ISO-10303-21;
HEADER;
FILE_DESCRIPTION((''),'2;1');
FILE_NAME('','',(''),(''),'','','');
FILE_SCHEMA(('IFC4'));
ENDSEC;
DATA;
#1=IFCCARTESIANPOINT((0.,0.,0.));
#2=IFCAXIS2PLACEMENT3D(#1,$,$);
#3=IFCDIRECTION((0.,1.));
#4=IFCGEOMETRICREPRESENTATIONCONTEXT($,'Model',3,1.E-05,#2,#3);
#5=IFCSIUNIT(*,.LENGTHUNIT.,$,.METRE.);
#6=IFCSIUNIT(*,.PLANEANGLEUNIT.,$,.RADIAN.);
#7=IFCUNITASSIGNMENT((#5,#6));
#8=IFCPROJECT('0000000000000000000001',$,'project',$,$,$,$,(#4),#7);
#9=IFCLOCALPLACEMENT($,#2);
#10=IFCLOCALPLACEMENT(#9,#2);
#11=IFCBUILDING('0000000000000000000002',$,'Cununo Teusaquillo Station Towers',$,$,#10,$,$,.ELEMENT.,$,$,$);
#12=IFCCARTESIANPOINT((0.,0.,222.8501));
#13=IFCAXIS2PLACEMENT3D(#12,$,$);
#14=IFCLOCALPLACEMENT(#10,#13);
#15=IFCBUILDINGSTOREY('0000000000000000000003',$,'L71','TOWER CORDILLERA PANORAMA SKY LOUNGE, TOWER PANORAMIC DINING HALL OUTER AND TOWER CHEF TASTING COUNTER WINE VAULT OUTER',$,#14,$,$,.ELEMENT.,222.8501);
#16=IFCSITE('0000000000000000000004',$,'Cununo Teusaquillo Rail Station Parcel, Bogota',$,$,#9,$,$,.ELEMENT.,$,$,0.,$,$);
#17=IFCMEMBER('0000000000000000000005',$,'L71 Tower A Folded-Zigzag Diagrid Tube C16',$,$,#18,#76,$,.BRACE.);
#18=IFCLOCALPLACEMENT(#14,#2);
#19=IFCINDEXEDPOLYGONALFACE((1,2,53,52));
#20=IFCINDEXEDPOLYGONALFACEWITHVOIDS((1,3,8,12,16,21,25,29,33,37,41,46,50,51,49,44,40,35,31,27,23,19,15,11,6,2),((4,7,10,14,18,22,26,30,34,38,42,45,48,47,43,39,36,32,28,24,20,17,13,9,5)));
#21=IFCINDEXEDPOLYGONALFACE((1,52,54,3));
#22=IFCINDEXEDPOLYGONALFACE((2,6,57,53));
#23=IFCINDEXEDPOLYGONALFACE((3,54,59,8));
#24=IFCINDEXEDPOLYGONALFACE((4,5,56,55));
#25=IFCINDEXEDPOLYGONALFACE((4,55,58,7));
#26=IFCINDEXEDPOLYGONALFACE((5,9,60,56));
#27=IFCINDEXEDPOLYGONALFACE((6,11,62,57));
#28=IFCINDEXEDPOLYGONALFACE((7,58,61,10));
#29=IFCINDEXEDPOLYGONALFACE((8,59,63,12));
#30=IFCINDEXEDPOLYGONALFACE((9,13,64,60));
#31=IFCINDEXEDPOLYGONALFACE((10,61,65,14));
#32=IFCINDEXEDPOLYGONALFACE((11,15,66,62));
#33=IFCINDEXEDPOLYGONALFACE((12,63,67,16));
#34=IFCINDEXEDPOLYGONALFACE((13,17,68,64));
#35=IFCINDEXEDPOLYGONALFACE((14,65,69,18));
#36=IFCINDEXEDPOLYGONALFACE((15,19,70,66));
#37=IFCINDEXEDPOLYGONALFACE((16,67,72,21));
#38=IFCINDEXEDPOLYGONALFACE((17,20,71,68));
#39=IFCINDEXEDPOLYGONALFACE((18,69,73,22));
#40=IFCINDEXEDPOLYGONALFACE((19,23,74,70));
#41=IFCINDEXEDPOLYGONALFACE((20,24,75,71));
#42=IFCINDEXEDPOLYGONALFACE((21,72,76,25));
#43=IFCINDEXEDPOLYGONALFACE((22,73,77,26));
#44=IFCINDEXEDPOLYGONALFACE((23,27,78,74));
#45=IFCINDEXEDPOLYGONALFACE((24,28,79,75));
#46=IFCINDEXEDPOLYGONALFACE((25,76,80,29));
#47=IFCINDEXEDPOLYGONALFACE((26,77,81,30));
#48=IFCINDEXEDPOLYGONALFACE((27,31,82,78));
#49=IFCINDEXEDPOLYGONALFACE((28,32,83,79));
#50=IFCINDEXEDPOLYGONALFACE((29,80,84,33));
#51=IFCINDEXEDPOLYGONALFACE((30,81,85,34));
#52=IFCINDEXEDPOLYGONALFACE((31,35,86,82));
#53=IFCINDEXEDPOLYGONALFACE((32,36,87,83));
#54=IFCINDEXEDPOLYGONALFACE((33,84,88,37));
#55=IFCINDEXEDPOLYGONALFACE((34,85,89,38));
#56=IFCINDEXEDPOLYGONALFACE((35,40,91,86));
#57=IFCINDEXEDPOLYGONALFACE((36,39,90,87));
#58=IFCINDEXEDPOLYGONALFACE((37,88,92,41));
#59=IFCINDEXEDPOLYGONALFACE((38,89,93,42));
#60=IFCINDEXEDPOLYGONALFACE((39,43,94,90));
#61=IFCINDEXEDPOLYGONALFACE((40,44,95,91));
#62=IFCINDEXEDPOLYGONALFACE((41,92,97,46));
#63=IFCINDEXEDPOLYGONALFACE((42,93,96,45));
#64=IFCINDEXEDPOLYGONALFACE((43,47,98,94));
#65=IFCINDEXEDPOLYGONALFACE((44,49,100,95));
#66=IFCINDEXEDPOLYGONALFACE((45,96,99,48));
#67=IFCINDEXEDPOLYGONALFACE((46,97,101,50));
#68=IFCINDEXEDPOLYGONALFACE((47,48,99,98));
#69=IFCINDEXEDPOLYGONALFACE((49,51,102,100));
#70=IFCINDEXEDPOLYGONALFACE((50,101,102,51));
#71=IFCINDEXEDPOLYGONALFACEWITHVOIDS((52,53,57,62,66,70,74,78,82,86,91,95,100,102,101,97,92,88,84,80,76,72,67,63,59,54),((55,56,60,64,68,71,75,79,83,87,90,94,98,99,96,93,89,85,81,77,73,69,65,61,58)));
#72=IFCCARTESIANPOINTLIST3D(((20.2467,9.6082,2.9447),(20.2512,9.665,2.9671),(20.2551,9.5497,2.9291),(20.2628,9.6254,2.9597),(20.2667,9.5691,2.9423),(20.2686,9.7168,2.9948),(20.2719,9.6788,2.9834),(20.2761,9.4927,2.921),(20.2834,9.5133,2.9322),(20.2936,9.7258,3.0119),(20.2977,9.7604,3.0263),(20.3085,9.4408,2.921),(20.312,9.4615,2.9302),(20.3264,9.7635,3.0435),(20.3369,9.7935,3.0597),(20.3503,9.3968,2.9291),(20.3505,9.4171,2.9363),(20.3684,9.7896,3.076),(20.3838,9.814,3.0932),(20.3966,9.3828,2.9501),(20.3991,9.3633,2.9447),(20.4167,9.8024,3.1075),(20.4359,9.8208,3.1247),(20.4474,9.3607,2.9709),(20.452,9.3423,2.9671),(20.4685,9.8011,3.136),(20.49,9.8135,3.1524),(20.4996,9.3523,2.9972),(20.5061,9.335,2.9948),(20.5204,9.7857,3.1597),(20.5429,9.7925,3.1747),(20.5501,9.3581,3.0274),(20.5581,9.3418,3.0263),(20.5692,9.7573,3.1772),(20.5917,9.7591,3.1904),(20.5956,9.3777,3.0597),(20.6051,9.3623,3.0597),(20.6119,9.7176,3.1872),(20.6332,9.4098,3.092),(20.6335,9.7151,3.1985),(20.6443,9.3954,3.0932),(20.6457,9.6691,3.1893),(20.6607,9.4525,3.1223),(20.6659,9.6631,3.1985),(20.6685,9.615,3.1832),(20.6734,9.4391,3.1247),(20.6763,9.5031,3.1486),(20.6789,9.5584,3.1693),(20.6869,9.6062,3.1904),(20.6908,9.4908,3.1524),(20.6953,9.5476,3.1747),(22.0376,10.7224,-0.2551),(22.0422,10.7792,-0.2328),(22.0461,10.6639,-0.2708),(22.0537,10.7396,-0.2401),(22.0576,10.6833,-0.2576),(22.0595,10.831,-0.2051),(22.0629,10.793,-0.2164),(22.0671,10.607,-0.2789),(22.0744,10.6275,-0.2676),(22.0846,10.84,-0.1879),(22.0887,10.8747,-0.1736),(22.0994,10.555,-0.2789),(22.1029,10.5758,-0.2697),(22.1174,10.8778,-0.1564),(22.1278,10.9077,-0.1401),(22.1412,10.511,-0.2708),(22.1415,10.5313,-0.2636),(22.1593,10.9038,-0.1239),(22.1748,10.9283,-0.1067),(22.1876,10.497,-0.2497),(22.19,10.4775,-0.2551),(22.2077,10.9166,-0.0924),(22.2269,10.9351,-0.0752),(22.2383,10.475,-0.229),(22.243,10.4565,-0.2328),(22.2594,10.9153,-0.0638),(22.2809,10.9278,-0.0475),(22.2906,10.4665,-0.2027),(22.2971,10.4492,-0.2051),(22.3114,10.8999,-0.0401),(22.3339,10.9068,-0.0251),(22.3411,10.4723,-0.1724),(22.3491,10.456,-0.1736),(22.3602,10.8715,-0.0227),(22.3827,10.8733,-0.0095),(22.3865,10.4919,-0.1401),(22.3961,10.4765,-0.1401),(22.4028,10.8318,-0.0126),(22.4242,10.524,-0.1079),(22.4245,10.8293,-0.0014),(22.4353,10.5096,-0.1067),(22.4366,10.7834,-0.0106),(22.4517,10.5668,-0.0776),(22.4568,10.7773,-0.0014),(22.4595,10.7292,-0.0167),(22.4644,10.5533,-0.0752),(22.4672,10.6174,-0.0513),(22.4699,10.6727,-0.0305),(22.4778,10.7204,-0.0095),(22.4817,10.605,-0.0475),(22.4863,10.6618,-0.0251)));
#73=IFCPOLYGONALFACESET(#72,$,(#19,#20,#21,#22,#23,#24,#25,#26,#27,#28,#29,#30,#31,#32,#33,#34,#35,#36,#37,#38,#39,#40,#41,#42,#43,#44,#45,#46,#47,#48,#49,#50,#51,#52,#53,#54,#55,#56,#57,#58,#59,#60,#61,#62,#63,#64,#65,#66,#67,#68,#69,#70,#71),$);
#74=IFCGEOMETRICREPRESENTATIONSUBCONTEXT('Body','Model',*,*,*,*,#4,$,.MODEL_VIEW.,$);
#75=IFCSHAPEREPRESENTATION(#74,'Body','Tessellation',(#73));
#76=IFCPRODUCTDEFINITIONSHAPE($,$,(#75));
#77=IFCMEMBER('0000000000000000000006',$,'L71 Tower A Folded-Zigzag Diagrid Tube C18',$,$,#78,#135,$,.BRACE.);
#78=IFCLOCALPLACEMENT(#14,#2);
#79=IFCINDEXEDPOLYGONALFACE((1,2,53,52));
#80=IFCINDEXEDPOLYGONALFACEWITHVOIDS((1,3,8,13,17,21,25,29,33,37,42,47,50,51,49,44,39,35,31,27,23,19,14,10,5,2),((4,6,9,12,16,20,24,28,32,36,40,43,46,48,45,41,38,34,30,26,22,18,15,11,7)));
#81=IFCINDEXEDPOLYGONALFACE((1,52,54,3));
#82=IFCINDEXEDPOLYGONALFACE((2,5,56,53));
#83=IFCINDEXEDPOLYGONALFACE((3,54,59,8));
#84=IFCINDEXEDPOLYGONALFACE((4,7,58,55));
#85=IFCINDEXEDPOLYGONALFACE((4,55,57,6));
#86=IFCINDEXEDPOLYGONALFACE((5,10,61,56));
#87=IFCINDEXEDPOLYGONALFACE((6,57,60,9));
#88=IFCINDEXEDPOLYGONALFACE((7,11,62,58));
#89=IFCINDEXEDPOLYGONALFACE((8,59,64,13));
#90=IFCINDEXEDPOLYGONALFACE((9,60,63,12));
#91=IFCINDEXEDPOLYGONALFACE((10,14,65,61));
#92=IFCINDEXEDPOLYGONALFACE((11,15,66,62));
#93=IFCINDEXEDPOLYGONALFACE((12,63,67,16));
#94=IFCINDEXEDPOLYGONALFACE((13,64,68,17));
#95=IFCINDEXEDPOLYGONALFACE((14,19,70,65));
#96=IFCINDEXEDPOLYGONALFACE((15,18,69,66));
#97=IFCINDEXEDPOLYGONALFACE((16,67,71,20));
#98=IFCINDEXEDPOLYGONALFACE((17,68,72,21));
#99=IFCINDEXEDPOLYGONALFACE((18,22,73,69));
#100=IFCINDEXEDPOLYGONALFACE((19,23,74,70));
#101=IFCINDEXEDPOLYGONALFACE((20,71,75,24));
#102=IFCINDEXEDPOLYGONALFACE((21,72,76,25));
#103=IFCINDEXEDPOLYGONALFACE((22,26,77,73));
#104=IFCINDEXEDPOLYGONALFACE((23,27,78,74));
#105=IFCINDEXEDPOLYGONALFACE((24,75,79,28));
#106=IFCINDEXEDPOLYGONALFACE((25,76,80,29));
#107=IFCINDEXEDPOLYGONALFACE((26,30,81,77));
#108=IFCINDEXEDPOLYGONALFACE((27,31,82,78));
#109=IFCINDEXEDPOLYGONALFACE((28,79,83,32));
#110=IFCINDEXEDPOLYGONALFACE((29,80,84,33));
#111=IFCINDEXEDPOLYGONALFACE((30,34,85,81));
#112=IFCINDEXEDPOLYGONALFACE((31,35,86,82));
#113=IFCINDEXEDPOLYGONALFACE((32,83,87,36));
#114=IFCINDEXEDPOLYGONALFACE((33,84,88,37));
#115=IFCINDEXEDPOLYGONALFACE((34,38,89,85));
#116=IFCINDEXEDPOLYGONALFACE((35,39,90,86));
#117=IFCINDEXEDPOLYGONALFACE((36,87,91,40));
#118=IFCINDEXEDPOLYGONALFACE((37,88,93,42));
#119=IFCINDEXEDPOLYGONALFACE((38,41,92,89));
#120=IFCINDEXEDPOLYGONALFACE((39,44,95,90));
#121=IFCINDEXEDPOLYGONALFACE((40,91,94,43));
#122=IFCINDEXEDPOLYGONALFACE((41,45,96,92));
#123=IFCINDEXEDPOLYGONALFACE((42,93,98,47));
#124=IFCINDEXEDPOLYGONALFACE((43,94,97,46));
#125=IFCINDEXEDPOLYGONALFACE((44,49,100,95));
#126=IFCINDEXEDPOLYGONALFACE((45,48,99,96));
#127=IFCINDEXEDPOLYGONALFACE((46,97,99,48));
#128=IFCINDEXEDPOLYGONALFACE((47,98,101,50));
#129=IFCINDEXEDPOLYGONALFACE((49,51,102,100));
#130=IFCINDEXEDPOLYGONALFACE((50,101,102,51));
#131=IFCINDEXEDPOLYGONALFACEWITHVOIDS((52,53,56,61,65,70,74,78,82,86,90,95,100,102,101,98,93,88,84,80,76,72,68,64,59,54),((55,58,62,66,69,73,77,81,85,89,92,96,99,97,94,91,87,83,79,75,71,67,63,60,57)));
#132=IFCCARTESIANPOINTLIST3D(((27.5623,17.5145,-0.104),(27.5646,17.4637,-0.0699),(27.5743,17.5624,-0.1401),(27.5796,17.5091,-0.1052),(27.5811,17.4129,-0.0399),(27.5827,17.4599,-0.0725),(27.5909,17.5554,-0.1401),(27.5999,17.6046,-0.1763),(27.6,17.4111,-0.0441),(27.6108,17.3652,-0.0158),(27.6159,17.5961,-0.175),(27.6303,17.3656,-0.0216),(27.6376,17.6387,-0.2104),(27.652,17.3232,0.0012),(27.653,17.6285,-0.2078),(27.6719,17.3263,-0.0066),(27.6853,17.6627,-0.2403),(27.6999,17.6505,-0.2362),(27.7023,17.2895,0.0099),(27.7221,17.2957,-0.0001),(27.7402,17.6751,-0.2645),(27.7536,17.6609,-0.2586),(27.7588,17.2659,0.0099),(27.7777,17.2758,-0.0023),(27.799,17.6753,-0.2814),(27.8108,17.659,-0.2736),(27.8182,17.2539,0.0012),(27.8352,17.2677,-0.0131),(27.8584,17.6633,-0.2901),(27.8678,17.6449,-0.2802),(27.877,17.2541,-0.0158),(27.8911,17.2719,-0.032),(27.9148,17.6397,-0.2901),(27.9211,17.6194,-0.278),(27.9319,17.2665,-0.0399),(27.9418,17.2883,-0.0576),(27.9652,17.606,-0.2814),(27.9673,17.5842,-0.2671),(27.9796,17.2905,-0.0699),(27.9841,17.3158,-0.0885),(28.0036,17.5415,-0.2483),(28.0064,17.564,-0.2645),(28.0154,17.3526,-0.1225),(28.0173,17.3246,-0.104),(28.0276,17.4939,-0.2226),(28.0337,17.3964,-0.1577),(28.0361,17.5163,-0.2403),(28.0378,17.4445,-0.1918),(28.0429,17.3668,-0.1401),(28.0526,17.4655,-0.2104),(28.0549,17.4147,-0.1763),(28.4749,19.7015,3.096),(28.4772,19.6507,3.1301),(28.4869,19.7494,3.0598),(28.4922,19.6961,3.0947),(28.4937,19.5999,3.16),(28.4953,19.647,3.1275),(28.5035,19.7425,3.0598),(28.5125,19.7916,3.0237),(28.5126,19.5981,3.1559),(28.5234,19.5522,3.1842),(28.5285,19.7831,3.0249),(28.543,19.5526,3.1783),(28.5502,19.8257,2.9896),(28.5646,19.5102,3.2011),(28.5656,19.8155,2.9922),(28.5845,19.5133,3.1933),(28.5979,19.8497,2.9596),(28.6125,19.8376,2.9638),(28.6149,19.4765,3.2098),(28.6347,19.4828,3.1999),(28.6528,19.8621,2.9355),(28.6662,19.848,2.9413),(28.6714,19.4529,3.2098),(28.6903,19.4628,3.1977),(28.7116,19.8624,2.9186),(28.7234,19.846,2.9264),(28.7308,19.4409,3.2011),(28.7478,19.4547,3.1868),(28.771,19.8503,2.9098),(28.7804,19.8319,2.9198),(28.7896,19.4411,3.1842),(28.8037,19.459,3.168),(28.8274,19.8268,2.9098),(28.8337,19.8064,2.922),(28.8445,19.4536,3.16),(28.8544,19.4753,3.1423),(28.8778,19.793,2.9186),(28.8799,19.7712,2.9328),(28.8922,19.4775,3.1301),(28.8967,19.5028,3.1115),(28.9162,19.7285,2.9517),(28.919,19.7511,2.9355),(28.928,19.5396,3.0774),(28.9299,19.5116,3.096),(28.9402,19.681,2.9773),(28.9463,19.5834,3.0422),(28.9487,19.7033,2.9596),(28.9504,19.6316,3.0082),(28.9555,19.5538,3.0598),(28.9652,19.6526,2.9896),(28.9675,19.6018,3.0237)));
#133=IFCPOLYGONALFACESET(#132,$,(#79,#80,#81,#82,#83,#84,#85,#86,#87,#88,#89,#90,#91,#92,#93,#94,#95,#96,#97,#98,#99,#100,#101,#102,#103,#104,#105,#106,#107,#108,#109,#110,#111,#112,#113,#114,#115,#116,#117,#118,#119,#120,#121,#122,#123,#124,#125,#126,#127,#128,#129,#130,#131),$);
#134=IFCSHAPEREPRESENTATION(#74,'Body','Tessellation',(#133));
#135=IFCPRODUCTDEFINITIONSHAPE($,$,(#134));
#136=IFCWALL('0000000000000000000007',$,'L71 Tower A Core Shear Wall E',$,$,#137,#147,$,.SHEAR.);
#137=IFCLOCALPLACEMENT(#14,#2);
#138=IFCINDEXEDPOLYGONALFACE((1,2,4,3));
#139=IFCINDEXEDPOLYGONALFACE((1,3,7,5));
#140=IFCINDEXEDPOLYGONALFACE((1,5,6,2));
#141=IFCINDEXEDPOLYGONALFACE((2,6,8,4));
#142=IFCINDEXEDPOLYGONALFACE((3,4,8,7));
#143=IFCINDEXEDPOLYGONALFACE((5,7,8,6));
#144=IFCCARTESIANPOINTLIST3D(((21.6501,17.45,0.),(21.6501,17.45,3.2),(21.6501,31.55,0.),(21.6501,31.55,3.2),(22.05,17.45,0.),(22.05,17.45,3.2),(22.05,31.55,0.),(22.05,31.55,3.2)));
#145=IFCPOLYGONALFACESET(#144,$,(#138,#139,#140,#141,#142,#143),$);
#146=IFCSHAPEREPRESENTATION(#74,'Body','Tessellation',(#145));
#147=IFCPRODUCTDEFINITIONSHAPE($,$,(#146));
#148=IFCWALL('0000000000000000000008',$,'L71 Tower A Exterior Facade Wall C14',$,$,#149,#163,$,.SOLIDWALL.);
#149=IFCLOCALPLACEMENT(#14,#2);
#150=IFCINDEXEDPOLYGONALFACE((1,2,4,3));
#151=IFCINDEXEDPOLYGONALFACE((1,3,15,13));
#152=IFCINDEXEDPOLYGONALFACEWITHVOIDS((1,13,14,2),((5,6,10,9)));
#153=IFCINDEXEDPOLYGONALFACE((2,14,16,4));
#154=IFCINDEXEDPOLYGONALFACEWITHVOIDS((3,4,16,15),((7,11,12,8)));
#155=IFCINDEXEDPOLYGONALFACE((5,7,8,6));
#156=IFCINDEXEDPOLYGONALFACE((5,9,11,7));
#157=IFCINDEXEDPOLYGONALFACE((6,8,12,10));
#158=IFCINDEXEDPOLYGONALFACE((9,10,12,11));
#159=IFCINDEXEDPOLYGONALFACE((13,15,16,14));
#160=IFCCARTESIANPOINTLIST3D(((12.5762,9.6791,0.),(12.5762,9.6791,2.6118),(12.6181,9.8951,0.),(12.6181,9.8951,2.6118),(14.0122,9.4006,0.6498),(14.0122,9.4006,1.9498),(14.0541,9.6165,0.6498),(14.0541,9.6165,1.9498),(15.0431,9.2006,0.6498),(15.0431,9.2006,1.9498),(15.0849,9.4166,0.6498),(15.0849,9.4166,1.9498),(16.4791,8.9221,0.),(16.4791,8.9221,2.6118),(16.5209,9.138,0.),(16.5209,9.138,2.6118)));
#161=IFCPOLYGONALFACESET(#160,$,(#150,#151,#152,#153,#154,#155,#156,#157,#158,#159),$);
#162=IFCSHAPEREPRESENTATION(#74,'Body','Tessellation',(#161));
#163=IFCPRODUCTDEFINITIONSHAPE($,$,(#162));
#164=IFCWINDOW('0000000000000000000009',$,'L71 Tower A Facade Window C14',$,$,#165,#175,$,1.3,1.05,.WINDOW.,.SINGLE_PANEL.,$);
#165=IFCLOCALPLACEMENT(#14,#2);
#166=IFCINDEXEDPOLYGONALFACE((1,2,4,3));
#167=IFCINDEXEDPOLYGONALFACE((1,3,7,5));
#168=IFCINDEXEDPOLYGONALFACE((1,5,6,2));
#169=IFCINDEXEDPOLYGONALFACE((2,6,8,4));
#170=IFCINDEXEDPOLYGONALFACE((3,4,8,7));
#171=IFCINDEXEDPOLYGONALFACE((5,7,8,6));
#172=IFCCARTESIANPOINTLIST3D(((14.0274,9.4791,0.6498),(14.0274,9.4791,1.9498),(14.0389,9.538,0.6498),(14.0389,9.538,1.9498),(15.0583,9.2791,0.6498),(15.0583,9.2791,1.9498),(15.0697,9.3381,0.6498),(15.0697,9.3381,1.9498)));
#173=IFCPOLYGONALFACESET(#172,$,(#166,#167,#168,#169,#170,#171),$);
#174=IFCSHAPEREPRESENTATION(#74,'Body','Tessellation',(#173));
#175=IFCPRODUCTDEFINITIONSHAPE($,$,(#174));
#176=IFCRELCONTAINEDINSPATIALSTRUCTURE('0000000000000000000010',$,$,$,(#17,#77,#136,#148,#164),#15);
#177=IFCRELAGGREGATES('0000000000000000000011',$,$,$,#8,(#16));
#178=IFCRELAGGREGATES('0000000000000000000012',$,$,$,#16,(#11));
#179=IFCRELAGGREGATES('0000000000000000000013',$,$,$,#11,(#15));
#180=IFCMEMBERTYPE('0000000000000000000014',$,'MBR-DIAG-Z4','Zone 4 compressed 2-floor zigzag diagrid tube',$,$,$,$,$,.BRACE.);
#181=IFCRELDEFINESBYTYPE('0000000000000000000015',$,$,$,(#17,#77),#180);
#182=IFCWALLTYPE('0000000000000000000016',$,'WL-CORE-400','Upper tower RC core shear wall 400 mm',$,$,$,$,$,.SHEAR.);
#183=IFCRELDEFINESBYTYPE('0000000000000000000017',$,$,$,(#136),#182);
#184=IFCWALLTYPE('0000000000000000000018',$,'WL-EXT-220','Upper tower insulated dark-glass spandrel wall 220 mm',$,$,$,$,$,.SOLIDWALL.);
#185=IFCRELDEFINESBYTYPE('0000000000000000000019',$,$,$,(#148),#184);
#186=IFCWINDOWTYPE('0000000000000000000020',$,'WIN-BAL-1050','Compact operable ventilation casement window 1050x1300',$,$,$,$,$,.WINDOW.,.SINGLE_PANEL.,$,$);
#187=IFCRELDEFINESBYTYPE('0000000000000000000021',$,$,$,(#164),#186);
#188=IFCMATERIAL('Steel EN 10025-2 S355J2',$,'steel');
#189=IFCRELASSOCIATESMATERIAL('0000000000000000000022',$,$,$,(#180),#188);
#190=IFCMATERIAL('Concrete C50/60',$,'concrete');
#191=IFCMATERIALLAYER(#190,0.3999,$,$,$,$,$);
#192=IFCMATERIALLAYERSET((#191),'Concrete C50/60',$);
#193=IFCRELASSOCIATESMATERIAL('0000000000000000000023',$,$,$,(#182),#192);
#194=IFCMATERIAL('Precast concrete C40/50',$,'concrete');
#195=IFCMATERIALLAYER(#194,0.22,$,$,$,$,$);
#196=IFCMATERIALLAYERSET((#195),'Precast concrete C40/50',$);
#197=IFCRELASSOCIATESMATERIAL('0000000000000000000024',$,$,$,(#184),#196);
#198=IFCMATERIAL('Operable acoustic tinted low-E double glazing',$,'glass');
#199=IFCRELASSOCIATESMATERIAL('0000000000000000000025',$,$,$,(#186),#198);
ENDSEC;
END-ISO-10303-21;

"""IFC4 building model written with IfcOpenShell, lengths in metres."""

from ifc_helpers import new_model, si_unit, direction, frame, frame_2d, origin, origin_2d, place, context, subcontext, project, spatial, rectangle, hollow_circle, extrude, source, transform, mapped, material, layer, layer_set, material_profile, profile_set, type_object, element, fill, save


model = new_model("IFC4")

# Units and contexts
model_context = context("Model", 3, precision=1e-05, world=origin(), true_north=direction((0.0, 1.0)))
body_context = subcontext(model_context, "Body", "Model", "MODEL_VIEW")
ifc_project = project(units=[si_unit("LENGTHUNIT", "METRE"), si_unit("PLANEANGLEUNIT", "RADIAN")], contexts=[model_context])

# Site, building, storey
site_placement = place(None, origin())
site = spatial("IfcSite", under=ifc_project, at=site_placement, Name="Cununo Teusaquillo Rail Station Parcel, Bogota", CompositionType="ELEMENT", RefElevation=0.0)
building_placement = place(site_placement, origin())
building = spatial("IfcBuilding", under=site, at=building_placement, Name="Cununo Teusaquillo Station Towers", CompositionType="ELEMENT")
storey_placement = place(building_placement, frame((0.0, 0.0, 222.8501)))
storey = spatial("IfcBuildingStorey", under=building, at=storey_placement, Name="L71", Description="TOWER CORDILLERA PANORAMA SKY LOUNGE, TOWER PANORAMIC DINING HALL OUTER AND TOWER CHEF TASTING COUNTER WINE VAULT OUTER", CompositionType="ELEMENT", Elevation=222.8501)

# Members
ifc_material_1 = material(Name="Steel EN 10025-2 S355J2", Category="steel")
ifc_material_profile_1 = material_profile(ifc_material_1, hollow_circle(Radius=0.2539, WallThickness=0.0181, at=origin_2d()), Name="CHS 508x18")
ifc_profile_set_1 = profile_set([ifc_material_profile_1], Name="Steel EN 10025-2 S355J2")
member_type = type_object("IfcMemberType", Name="MBR-DIAG-Z4", Description="Zone 4 compressed 2-floor zigzag diagrid tube", PredefinedType="BRACE", material=ifc_profile_set_1)
member_1_placement = place(storey_placement, frame((22.262, 10.6921, -0.1401), z_axis=(-0.467308, -0.29073, 0.834925), x_axis=(0.52825, -0.849089, 0.0)))
element("IfcMember", 1, at=member_1_placement, inside=storey, type_object=member_type, Name="L71 Tower A Folded-Zigzag Diagrid Tube C16", PredefinedType="BRACE", context=body_context, shape_type="SweptSolid", body=[
    extrude(hollow_circle(Radius=0.2539, WallThickness=0.0181, at=origin_2d()), origin(), (0.0, 0.0, 1.0), 3.8325),
])
member_2_placement = place(storey_placement, frame((27.8086, 17.4646, -0.1401), z_axis=(0.229186, 0.549238, 0.803624), x_axis=(-0.922876, 0.385098, 0.0)))
element("IfcMember", 2, at=member_2_placement, inside=storey, type_object=member_type, Name="L71 Tower A Folded-Zigzag Diagrid Tube C18", PredefinedType="BRACE", context=body_context, shape_type="SweptSolid", body=[
    extrude(hollow_circle(Radius=0.2539, WallThickness=0.0181, at=origin_2d()), origin(), (0.0, 0.0, 1.0), 3.9819),
])

# Wall
ifc_material_2 = material(Name="Concrete C50/60", Category="concrete")
ifc_layer_1 = layer(ifc_material_2, 0.3999)
ifc_layer_set_1 = layer_set([ifc_layer_1], Name="Concrete C50/60")
wall_type_1 = type_object("IfcWallType", Name="WL-CORE-400", Description="Upper tower RC core shear wall 400 mm", PredefinedType="SHEAR", material=ifc_layer_set_1)
wall_1_placement = place(storey_placement, frame((21.8501, 17.45, 0.0), z_axis=(0.0, 0.0, 1.0), x_axis=(0.0, 1.0, 0.0)))
element("IfcWall", 3, at=wall_1_placement, inside=storey, type_object=wall_type_1, Name="L71 Tower A Core Shear Wall E", PredefinedType="SHEAR", context=body_context, shape_type="SweptSolid", body=[
    extrude(rectangle(XDim=14.1001, YDim=0.3999, at=frame_2d((7.05, 0.0))), origin(), (0.0, 0.0, 1.0), 3.2),
])

# Wall, opening, window
ifc_material_3 = material(Name="Precast concrete C40/50", Category="concrete")
ifc_layer_2 = layer(ifc_material_3, 0.22)
ifc_layer_set_2 = layer_set([ifc_layer_2], Name="Precast concrete C40/50")
wall_type_2 = type_object("IfcWallType", Name="WL-EXT-220", Description="Upper tower insulated dark-glass spandrel wall 220 mm", PredefinedType="SOLIDWALL", material=ifc_layer_set_2)
wall_2_placement = place(storey_placement, frame((16.5, 9.03, 0.0), z_axis=(0.0, 0.0, 1.0), x_axis=(-0.9817, 0.190432, 0.0)))
wall_2 = element("IfcWall", 4, at=wall_2_placement, inside=storey, type_object=wall_type_2, Name="L71 Tower A Exterior Facade Wall C14", PredefinedType="SOLIDWALL", context=body_context, shape_type="SweptSolid", body=[
    extrude(rectangle(XDim=3.9756, YDim=0.22, at=frame_2d((1.9878, 0.0))), origin(), (0.0, 0.0, 1.0), 2.6118),
])
shared_shape_1 = source(origin(), body_context, "Body", "SweptSolid", [
    extrude(rectangle(XDim=1.05, YDim=1.3, at=frame_2d((0.5249, 0.6499))), frame((0.0, 0.1199, 0.0), z_axis=(0.0, -1.0, 0.0), x_axis=(1.0, 0.0, 0.0)), (0.0, 0.0, 1.0), 0.24),
])
opening_1_placement = place(wall_2_placement, frame((1.4629, 0.0, 0.6499)))
opening_1 = element("IfcOpeningElement", 5, at=opening_1_placement, cuts=wall_2, PredefinedType="OPENING", context=body_context, shape_type="MappedRepresentation", body=[
    mapped(shared_shape_1, transform((0.0, 0.0, 0.0), x_axis=(1.0, 0.0, 0.0), y_axis=(0.0, 1.0, 0.0), z_axis=(0.0, 0.0, 1.0), scale=1.0)),
])
ifc_material_4 = material(Name="Operable acoustic tinted low-E double glazing", Category="glass")
window_type = type_object("IfcWindowType", Name="WIN-BAL-1050", Description="Compact operable ventilation casement window 1050x1300", PartitioningType="SINGLE_PANEL", PredefinedType="WINDOW", material=ifc_material_4)
shared_shape_2 = source(origin(), body_context, "Body", "SweptSolid", [
    extrude(rectangle(XDim=1.05, YDim=1.3, at=frame_2d((0.5249, 0.6499))), frame((0.0, 0.03, 0.0), z_axis=(0.0, -1.0, 0.0), x_axis=(1.0, 0.0, 0.0)), (0.0, 0.0, 1.0), 0.0601),
])
window_1_placement = place(opening_1_placement, origin())
window_1 = element("IfcWindow", 6, at=window_1_placement, inside=storey, type_object=window_type, Name="L71 Tower A Facade Window C14", OverallHeight=1.3, OverallWidth=1.05, PartitioningType="SINGLE_PANEL", PredefinedType="WINDOW", context=body_context, shape_type="MappedRepresentation", body=[
    mapped(shared_shape_2, transform((0.0, 0.0, 0.0), x_axis=(1.0, 0.0, 0.0), y_axis=(0.0, 1.0, 0.0), z_axis=(0.0, 0.0, 1.0), scale=1.0)),
])
fill(opening_1, window_1)

save(model, "model.ifc")
